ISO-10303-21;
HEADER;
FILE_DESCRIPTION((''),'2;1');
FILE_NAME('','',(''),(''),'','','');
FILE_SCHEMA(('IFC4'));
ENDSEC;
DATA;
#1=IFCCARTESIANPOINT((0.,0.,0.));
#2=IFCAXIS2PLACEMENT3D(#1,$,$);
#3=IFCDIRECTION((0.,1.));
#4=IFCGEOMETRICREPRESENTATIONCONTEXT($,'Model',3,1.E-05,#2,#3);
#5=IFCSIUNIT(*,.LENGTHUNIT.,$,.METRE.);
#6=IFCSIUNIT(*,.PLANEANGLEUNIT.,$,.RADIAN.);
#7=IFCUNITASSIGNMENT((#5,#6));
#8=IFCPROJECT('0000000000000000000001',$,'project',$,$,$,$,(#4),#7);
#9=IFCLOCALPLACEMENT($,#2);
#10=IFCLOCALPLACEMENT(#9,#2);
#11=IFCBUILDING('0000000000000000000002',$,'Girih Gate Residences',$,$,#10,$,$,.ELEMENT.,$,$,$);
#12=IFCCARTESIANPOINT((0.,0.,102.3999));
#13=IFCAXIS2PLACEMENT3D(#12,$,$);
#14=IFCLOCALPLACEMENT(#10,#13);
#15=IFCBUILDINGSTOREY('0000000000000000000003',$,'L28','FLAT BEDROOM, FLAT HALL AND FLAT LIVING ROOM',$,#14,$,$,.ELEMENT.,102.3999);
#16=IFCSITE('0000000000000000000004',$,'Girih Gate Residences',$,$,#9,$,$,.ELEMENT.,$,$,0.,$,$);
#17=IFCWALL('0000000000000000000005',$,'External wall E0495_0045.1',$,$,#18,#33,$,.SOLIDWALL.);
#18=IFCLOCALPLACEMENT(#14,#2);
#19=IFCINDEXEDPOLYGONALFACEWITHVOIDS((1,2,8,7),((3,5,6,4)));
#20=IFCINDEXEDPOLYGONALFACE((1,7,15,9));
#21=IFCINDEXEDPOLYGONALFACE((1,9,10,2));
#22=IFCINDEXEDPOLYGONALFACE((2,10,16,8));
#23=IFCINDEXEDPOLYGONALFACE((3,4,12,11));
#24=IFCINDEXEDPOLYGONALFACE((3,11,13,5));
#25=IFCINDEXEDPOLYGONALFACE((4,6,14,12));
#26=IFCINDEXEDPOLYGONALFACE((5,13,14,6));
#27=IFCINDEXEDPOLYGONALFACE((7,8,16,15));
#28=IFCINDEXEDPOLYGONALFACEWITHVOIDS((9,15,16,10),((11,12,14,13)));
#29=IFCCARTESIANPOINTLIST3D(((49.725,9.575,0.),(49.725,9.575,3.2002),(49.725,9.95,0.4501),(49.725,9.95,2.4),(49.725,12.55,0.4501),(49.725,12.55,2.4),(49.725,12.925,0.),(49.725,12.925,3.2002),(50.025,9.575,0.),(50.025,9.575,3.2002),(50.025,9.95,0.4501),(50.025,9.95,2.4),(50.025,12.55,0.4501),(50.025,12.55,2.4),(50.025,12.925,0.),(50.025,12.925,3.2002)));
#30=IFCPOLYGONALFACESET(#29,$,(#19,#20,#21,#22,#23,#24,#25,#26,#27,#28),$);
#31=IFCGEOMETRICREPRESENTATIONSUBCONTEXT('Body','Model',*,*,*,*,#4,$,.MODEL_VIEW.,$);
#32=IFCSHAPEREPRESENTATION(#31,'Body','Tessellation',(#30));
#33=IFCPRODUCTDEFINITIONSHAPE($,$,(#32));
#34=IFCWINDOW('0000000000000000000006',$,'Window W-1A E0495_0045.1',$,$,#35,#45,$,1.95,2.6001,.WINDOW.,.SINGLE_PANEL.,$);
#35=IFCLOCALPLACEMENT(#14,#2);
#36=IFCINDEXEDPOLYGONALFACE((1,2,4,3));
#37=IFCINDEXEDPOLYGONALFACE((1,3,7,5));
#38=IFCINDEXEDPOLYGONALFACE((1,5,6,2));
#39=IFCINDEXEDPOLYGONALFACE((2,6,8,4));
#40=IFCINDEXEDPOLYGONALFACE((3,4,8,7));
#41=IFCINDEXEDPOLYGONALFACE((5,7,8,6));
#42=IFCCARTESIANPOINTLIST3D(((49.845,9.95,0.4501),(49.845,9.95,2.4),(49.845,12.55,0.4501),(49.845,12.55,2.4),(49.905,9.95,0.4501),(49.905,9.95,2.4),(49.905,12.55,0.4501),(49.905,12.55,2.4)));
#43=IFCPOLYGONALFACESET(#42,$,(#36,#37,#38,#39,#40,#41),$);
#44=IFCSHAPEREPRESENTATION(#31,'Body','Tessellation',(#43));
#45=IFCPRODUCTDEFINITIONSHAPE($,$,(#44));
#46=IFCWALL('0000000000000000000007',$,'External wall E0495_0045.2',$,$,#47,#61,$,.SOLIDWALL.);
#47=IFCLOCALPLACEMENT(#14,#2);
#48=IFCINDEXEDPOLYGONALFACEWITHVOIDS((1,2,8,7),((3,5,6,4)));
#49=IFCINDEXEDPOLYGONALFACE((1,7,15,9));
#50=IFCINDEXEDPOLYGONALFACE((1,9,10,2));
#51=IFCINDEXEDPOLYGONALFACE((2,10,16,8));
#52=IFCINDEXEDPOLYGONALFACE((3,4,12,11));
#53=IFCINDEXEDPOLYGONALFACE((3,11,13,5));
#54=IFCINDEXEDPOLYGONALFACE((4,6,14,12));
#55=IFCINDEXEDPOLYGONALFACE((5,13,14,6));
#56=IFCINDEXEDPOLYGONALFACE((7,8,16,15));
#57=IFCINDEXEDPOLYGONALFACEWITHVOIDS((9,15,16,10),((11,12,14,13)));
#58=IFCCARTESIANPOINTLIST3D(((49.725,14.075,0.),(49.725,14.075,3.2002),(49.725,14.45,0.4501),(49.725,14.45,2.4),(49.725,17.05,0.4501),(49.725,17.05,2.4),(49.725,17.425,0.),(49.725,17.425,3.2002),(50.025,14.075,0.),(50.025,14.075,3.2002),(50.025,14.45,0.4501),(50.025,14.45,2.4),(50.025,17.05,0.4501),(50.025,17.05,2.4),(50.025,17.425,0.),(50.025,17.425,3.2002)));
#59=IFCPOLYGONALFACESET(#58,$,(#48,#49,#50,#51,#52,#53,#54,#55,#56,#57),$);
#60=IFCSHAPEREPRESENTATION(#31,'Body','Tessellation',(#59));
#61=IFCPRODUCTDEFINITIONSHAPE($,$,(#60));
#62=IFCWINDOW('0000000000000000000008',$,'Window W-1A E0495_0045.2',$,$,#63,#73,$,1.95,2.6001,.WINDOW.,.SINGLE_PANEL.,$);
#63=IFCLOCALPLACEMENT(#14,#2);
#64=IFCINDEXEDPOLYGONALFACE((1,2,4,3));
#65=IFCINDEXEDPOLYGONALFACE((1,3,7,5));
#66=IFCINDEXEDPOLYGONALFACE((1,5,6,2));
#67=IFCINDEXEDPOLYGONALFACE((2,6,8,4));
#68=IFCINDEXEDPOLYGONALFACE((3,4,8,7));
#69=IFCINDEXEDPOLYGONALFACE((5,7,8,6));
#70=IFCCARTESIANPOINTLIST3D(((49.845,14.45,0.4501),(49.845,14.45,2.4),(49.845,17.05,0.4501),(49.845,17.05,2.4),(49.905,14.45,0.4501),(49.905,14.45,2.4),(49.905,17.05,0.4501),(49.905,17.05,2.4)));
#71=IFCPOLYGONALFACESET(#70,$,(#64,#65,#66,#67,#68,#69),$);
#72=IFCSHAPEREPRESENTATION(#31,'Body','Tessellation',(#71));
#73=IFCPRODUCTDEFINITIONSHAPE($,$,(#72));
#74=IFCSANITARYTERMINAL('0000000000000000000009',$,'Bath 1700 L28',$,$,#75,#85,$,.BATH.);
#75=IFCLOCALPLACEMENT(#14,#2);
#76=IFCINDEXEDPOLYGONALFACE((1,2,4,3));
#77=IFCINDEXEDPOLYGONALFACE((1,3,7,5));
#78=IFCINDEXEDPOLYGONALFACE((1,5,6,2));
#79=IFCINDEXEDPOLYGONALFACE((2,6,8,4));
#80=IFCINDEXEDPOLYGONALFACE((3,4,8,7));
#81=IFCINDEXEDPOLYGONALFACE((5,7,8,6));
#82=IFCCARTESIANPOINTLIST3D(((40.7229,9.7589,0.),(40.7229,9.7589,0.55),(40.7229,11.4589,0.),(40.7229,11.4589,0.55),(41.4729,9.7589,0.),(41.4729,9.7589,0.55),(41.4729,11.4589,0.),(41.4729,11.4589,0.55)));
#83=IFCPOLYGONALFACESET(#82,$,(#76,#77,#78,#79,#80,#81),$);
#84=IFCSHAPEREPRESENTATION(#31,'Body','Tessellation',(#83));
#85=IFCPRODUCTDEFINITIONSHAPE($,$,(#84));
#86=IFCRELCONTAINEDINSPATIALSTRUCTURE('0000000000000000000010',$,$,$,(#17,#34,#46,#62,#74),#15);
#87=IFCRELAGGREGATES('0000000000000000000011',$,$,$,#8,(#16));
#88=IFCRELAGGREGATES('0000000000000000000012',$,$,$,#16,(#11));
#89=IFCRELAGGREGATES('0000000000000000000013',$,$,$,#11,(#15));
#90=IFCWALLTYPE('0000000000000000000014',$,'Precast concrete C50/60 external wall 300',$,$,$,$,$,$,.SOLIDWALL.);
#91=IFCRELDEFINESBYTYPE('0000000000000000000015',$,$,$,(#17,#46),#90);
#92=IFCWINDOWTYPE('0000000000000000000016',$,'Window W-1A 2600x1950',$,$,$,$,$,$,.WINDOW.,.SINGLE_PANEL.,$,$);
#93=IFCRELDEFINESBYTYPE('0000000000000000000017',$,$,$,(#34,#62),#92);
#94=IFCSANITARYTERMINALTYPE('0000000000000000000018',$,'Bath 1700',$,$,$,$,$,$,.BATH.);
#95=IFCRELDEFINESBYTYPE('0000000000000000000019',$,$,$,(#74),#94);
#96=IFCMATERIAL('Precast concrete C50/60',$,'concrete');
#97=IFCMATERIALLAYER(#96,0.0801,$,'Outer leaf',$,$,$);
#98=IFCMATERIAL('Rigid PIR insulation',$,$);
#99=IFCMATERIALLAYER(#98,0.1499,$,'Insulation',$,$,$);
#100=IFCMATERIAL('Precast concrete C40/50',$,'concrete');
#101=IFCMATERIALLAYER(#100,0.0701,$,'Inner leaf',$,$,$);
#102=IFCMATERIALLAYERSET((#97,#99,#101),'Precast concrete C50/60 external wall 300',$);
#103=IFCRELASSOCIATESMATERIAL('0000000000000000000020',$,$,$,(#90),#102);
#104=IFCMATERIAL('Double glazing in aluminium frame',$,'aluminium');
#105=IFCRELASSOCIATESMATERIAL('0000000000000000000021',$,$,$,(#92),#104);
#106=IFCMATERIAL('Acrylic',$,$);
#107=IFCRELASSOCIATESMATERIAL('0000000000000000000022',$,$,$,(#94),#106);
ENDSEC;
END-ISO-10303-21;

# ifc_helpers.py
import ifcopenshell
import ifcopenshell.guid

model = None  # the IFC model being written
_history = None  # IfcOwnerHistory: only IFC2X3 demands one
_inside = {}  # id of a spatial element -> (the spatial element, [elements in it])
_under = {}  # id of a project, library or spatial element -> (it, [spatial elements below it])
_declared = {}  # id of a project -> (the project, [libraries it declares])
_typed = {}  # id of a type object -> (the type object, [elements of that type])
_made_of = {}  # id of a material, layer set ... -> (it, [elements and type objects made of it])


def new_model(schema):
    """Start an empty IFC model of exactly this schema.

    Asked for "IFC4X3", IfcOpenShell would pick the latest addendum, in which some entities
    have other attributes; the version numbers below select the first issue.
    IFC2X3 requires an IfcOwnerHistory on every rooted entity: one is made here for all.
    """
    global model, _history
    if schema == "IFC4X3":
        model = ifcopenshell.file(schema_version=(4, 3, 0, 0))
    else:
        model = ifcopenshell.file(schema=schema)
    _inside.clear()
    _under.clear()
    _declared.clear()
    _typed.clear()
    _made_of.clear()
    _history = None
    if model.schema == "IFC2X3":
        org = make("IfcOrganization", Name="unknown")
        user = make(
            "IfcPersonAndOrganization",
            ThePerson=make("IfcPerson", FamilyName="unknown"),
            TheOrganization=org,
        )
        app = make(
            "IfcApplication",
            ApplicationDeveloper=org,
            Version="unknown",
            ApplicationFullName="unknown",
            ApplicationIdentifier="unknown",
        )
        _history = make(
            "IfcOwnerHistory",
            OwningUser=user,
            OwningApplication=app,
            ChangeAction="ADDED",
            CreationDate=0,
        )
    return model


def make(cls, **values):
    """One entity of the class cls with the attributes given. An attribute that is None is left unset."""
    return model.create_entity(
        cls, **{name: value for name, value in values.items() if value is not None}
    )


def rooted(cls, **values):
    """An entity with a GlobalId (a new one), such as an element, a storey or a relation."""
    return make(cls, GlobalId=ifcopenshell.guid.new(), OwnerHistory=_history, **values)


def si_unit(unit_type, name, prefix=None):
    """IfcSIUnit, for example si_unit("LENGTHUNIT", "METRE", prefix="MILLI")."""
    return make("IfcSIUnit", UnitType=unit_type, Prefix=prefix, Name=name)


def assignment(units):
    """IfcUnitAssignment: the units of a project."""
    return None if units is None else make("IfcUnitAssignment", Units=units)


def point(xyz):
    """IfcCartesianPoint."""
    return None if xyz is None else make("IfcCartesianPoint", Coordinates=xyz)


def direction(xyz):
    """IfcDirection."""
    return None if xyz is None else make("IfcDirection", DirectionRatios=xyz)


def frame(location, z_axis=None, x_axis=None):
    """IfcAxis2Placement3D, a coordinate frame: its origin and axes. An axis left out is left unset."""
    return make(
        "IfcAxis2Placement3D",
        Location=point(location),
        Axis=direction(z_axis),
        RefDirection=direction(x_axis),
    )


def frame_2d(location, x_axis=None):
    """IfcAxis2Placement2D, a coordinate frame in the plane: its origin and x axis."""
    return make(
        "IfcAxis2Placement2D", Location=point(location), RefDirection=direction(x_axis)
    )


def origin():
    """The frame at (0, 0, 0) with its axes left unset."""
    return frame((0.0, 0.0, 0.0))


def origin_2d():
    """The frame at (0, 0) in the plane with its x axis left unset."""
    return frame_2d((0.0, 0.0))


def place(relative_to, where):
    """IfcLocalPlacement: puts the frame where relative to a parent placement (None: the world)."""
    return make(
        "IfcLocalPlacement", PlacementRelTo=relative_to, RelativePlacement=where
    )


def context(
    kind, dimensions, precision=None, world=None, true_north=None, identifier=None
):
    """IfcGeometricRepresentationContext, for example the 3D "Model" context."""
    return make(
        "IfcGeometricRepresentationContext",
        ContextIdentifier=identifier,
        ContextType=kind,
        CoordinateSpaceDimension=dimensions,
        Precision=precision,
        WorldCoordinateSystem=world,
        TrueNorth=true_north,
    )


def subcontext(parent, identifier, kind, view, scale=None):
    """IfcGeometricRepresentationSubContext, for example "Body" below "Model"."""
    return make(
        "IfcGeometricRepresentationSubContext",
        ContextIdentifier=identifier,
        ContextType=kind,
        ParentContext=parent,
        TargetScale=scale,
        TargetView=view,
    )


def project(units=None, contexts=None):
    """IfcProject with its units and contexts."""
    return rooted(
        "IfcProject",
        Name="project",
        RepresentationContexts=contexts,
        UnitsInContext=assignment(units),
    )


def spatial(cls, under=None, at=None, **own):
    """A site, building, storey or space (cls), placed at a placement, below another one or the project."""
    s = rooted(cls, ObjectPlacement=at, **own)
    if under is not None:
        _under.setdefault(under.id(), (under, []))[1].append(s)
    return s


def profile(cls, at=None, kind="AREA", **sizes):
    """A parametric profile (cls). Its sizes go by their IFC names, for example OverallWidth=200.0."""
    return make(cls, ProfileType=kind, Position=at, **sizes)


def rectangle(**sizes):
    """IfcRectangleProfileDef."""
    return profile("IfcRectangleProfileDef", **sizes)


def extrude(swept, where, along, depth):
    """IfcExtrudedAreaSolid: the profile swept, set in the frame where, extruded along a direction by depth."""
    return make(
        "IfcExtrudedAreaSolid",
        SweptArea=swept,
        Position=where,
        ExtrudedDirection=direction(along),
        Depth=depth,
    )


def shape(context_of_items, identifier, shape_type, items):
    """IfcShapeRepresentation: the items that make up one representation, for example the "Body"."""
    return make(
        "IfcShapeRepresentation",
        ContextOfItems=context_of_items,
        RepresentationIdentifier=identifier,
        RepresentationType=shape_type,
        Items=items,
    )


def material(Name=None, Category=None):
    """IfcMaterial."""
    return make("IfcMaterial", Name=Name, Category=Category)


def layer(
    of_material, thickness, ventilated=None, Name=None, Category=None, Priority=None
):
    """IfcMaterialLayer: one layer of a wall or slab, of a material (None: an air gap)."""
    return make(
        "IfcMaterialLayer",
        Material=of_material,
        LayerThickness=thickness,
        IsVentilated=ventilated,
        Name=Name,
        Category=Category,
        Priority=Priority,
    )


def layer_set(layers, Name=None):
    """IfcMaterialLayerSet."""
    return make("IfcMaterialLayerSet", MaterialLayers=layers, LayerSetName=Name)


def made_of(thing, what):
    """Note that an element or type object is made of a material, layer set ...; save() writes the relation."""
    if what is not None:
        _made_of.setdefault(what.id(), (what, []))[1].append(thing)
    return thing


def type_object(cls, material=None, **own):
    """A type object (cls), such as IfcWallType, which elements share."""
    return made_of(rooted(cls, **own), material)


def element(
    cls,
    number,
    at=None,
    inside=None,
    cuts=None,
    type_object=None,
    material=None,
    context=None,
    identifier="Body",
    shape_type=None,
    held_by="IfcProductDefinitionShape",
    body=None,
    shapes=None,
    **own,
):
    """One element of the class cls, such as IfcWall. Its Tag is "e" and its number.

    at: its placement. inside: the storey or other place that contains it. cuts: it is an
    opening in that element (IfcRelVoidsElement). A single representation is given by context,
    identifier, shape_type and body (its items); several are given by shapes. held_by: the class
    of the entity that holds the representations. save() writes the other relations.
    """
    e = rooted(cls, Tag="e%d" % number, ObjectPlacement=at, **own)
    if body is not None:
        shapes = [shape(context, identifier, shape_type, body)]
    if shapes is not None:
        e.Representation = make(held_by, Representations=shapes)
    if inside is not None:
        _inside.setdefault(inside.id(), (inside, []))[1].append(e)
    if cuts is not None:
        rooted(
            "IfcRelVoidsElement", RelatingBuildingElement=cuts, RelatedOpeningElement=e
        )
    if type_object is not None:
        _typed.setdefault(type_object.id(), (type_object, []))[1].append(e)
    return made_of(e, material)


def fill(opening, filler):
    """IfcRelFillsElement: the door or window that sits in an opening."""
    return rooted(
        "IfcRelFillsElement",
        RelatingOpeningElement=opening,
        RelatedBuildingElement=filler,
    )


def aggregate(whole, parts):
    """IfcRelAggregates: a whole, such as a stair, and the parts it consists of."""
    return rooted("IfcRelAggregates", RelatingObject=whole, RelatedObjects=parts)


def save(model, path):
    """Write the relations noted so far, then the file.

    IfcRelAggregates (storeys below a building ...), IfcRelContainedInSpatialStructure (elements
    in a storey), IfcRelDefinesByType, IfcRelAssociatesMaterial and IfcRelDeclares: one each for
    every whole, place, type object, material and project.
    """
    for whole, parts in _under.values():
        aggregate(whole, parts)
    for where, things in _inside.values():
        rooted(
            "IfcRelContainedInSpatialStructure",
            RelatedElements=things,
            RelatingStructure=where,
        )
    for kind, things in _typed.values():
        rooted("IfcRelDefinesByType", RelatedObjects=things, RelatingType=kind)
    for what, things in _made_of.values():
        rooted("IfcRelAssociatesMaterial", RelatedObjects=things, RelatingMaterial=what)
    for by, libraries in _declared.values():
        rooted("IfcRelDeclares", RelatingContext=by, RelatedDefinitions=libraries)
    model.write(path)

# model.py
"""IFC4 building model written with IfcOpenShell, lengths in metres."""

from ifc_helpers import new_model, si_unit, direction, frame, frame_2d, origin, origin_2d, place, context, subcontext, project, spatial, rectangle, extrude, material, layer, layer_set, type_object, element, fill, save


model = new_model("IFC4")

# Units and contexts
model_context = context("Model", 3, precision=1e-05, world=origin(), true_north=direction((0.0, 1.0)))
body_context = subcontext(model_context, "Body", "Model", "MODEL_VIEW")
ifc_project = project(units=[si_unit("LENGTHUNIT", "METRE"), si_unit("PLANEANGLEUNIT", "RADIAN")], contexts=[model_context])

# Site, building, storey
site_placement = place(None, origin())
site = spatial("IfcSite", under=ifc_project, at=site_placement, Name="Girih Gate Residences", CompositionType="ELEMENT", RefElevation=0.0)
building_placement = place(site_placement, origin())
building = spatial("IfcBuilding", under=site, at=building_placement, Name="Girih Gate Residences", CompositionType="ELEMENT")
storey_placement = place(building_placement, frame((0.0, 0.0, 102.3999)))
storey = spatial("IfcBuildingStorey", under=building, at=storey_placement, Name="L28", Description="FLAT BEDROOM, FLAT HALL AND FLAT LIVING ROOM", CompositionType="ELEMENT", Elevation=102.3999)

# Walls, openings, windows
ifc_material_1 = material(Name="Precast concrete C50/60", Category="concrete")
ifc_layer_1 = layer(ifc_material_1, 0.0801, Name="Outer leaf")
ifc_material_2 = material(Name="Rigid PIR insulation")
ifc_layer_2 = layer(ifc_material_2, 0.1499, Name="Insulation")
ifc_material_3 = material(Name="Precast concrete C40/50", Category="concrete")
ifc_layer_3 = layer(ifc_material_3, 0.0701, Name="Inner leaf")
ifc_layer_set_1 = layer_set([ifc_layer_1, ifc_layer_2, ifc_layer_3], Name="Precast concrete C50/60 external wall 300")
wall_type_1 = type_object("IfcWallType", Name="Precast concrete C50/60 external wall 300", PredefinedType="SOLIDWALL", material=ifc_layer_set_1)
wall_1_placement = place(storey_placement, frame((49.875, 12.925, 0.0), z_axis=(0.0, 0.0, 1.0), x_axis=(0.0, -1.0, 0.0)))
wall_1 = element("IfcWall", 1, at=wall_1_placement, inside=storey, type_object=wall_type_1, Name="External wall E0495_0045.1", PredefinedType="SOLIDWALL", context=body_context, shape_type="SweptSolid", body=[
    extrude(rectangle(XDim=3.3501, YDim=0.3, at=frame_2d((1.675, 0.0))), origin(), (0.0, 0.0, 1.0), 3.2002),
])
opening_1_placement = place(wall_1_placement, frame((0.375, 0.0, 0.45)))
opening_1 = element("IfcOpeningElement", 2, at=opening_1_placement, cuts=wall_1, PredefinedType="OPENING", context=body_context, shape_type="SweptSolid", body=[
    extrude(rectangle(XDim=2.6001, YDim=1.95, at=frame_2d((1.3, 0.9751))), frame((0.0, 0.1599, 0.0), z_axis=(0.0, -1.0, 0.0), x_axis=(1.0, 0.0, 0.0)), (0.0, 0.0, 1.0), 0.3201),
])
ifc_material_4 = material(Name="Double glazing in aluminium frame", Category="aluminium")
window_type = type_object("IfcWindowType", Name="Window W-1A 2600x1950", PartitioningType="SINGLE_PANEL", PredefinedType="WINDOW", material=ifc_material_4)
window_1_placement = place(opening_1_placement, origin())
window_1 = element("IfcWindow", 3, at=window_1_placement, inside=storey, type_object=window_type, Name="Window W-1A E0495_0045.1", OverallHeight=1.95, OverallWidth=2.6001, PartitioningType="SINGLE_PANEL", PredefinedType="WINDOW", context=body_context, shape_type="SweptSolid", body=[
    extrude(rectangle(XDim=2.6001, YDim=1.95, at=frame_2d((1.3, 0.9751))), frame((0.0, 0.03, 0.0), z_axis=(0.0, -1.0, 0.0), x_axis=(1.0, 0.0, 0.0)), (0.0, 0.0, 1.0), 0.0601),
])
fill(opening_1, window_1)
wall_2_placement = place(storey_placement, frame((49.875, 17.425, 0.0), z_axis=(0.0, 0.0, 1.0), x_axis=(0.0, -1.0, 0.0)))
wall_2 = element("IfcWall", 4, at=wall_2_placement, inside=storey, type_object=wall_type_1, Name="External wall E0495_0045.2", PredefinedType="SOLIDWALL", context=body_context, shape_type="SweptSolid", body=[
    extrude(rectangle(XDim=3.3501, YDim=0.3, at=frame_2d((1.675, 0.0))), origin(), (0.0, 0.0, 1.0), 3.2002),
])
opening_2_placement = place(wall_2_placement, frame((0.375, 0.0, 0.45)))
opening_2 = element("IfcOpeningElement", 5, at=opening_2_placement, cuts=wall_2, PredefinedType="OPENING", context=body_context, shape_type="SweptSolid", body=[
    extrude(rectangle(XDim=2.6001, YDim=1.95, at=frame_2d((1.3, 0.9751))), frame((0.0, 0.1599, 0.0), z_axis=(0.0, -1.0, 0.0), x_axis=(1.0, 0.0, 0.0)), (0.0, 0.0, 1.0), 0.3201),
])
window_2_placement = place(opening_2_placement, origin())
window_2 = element("IfcWindow", 6, at=window_2_placement, inside=storey, type_object=window_type, Name="Window W-1A E0495_0045.2", OverallHeight=1.95, OverallWidth=2.6001, PartitioningType="SINGLE_PANEL", PredefinedType="WINDOW", context=body_context, shape_type="SweptSolid", body=[
    extrude(rectangle(XDim=2.6001, YDim=1.95, at=frame_2d((1.3, 0.9751))), frame((0.0, 0.03, 0.0), z_axis=(0.0, -1.0, 0.0), x_axis=(1.0, 0.0, 0.0)), (0.0, 0.0, 1.0), 0.0601),
])
fill(opening_2, window_2)

# Sanitary terminal
ifc_material_5 = material(Name="Acrylic")
sanitary_terminal_type = type_object("IfcSanitaryTerminalType", Name="Bath 1700", PredefinedType="BATH", material=ifc_material_5)
sanitary_terminal_placement = place(storey_placement, frame((41.0979, 10.6089, 0.0), z_axis=(0.0, 0.0, 1.0), x_axis=(1.0, 0.0, 0.0)))
element("IfcSanitaryTerminal", 7, at=sanitary_terminal_placement, inside=storey, type_object=sanitary_terminal_type, Name="Bath 1700 L28", PredefinedType="BATH", context=body_context, shape_type="SweptSolid", body=[
    extrude(rectangle(XDim=0.75, YDim=1.7, at=origin_2d()), origin(), (0.0, 0.0, 1.0), 0.55),
])

save(model, "model.ifc")
